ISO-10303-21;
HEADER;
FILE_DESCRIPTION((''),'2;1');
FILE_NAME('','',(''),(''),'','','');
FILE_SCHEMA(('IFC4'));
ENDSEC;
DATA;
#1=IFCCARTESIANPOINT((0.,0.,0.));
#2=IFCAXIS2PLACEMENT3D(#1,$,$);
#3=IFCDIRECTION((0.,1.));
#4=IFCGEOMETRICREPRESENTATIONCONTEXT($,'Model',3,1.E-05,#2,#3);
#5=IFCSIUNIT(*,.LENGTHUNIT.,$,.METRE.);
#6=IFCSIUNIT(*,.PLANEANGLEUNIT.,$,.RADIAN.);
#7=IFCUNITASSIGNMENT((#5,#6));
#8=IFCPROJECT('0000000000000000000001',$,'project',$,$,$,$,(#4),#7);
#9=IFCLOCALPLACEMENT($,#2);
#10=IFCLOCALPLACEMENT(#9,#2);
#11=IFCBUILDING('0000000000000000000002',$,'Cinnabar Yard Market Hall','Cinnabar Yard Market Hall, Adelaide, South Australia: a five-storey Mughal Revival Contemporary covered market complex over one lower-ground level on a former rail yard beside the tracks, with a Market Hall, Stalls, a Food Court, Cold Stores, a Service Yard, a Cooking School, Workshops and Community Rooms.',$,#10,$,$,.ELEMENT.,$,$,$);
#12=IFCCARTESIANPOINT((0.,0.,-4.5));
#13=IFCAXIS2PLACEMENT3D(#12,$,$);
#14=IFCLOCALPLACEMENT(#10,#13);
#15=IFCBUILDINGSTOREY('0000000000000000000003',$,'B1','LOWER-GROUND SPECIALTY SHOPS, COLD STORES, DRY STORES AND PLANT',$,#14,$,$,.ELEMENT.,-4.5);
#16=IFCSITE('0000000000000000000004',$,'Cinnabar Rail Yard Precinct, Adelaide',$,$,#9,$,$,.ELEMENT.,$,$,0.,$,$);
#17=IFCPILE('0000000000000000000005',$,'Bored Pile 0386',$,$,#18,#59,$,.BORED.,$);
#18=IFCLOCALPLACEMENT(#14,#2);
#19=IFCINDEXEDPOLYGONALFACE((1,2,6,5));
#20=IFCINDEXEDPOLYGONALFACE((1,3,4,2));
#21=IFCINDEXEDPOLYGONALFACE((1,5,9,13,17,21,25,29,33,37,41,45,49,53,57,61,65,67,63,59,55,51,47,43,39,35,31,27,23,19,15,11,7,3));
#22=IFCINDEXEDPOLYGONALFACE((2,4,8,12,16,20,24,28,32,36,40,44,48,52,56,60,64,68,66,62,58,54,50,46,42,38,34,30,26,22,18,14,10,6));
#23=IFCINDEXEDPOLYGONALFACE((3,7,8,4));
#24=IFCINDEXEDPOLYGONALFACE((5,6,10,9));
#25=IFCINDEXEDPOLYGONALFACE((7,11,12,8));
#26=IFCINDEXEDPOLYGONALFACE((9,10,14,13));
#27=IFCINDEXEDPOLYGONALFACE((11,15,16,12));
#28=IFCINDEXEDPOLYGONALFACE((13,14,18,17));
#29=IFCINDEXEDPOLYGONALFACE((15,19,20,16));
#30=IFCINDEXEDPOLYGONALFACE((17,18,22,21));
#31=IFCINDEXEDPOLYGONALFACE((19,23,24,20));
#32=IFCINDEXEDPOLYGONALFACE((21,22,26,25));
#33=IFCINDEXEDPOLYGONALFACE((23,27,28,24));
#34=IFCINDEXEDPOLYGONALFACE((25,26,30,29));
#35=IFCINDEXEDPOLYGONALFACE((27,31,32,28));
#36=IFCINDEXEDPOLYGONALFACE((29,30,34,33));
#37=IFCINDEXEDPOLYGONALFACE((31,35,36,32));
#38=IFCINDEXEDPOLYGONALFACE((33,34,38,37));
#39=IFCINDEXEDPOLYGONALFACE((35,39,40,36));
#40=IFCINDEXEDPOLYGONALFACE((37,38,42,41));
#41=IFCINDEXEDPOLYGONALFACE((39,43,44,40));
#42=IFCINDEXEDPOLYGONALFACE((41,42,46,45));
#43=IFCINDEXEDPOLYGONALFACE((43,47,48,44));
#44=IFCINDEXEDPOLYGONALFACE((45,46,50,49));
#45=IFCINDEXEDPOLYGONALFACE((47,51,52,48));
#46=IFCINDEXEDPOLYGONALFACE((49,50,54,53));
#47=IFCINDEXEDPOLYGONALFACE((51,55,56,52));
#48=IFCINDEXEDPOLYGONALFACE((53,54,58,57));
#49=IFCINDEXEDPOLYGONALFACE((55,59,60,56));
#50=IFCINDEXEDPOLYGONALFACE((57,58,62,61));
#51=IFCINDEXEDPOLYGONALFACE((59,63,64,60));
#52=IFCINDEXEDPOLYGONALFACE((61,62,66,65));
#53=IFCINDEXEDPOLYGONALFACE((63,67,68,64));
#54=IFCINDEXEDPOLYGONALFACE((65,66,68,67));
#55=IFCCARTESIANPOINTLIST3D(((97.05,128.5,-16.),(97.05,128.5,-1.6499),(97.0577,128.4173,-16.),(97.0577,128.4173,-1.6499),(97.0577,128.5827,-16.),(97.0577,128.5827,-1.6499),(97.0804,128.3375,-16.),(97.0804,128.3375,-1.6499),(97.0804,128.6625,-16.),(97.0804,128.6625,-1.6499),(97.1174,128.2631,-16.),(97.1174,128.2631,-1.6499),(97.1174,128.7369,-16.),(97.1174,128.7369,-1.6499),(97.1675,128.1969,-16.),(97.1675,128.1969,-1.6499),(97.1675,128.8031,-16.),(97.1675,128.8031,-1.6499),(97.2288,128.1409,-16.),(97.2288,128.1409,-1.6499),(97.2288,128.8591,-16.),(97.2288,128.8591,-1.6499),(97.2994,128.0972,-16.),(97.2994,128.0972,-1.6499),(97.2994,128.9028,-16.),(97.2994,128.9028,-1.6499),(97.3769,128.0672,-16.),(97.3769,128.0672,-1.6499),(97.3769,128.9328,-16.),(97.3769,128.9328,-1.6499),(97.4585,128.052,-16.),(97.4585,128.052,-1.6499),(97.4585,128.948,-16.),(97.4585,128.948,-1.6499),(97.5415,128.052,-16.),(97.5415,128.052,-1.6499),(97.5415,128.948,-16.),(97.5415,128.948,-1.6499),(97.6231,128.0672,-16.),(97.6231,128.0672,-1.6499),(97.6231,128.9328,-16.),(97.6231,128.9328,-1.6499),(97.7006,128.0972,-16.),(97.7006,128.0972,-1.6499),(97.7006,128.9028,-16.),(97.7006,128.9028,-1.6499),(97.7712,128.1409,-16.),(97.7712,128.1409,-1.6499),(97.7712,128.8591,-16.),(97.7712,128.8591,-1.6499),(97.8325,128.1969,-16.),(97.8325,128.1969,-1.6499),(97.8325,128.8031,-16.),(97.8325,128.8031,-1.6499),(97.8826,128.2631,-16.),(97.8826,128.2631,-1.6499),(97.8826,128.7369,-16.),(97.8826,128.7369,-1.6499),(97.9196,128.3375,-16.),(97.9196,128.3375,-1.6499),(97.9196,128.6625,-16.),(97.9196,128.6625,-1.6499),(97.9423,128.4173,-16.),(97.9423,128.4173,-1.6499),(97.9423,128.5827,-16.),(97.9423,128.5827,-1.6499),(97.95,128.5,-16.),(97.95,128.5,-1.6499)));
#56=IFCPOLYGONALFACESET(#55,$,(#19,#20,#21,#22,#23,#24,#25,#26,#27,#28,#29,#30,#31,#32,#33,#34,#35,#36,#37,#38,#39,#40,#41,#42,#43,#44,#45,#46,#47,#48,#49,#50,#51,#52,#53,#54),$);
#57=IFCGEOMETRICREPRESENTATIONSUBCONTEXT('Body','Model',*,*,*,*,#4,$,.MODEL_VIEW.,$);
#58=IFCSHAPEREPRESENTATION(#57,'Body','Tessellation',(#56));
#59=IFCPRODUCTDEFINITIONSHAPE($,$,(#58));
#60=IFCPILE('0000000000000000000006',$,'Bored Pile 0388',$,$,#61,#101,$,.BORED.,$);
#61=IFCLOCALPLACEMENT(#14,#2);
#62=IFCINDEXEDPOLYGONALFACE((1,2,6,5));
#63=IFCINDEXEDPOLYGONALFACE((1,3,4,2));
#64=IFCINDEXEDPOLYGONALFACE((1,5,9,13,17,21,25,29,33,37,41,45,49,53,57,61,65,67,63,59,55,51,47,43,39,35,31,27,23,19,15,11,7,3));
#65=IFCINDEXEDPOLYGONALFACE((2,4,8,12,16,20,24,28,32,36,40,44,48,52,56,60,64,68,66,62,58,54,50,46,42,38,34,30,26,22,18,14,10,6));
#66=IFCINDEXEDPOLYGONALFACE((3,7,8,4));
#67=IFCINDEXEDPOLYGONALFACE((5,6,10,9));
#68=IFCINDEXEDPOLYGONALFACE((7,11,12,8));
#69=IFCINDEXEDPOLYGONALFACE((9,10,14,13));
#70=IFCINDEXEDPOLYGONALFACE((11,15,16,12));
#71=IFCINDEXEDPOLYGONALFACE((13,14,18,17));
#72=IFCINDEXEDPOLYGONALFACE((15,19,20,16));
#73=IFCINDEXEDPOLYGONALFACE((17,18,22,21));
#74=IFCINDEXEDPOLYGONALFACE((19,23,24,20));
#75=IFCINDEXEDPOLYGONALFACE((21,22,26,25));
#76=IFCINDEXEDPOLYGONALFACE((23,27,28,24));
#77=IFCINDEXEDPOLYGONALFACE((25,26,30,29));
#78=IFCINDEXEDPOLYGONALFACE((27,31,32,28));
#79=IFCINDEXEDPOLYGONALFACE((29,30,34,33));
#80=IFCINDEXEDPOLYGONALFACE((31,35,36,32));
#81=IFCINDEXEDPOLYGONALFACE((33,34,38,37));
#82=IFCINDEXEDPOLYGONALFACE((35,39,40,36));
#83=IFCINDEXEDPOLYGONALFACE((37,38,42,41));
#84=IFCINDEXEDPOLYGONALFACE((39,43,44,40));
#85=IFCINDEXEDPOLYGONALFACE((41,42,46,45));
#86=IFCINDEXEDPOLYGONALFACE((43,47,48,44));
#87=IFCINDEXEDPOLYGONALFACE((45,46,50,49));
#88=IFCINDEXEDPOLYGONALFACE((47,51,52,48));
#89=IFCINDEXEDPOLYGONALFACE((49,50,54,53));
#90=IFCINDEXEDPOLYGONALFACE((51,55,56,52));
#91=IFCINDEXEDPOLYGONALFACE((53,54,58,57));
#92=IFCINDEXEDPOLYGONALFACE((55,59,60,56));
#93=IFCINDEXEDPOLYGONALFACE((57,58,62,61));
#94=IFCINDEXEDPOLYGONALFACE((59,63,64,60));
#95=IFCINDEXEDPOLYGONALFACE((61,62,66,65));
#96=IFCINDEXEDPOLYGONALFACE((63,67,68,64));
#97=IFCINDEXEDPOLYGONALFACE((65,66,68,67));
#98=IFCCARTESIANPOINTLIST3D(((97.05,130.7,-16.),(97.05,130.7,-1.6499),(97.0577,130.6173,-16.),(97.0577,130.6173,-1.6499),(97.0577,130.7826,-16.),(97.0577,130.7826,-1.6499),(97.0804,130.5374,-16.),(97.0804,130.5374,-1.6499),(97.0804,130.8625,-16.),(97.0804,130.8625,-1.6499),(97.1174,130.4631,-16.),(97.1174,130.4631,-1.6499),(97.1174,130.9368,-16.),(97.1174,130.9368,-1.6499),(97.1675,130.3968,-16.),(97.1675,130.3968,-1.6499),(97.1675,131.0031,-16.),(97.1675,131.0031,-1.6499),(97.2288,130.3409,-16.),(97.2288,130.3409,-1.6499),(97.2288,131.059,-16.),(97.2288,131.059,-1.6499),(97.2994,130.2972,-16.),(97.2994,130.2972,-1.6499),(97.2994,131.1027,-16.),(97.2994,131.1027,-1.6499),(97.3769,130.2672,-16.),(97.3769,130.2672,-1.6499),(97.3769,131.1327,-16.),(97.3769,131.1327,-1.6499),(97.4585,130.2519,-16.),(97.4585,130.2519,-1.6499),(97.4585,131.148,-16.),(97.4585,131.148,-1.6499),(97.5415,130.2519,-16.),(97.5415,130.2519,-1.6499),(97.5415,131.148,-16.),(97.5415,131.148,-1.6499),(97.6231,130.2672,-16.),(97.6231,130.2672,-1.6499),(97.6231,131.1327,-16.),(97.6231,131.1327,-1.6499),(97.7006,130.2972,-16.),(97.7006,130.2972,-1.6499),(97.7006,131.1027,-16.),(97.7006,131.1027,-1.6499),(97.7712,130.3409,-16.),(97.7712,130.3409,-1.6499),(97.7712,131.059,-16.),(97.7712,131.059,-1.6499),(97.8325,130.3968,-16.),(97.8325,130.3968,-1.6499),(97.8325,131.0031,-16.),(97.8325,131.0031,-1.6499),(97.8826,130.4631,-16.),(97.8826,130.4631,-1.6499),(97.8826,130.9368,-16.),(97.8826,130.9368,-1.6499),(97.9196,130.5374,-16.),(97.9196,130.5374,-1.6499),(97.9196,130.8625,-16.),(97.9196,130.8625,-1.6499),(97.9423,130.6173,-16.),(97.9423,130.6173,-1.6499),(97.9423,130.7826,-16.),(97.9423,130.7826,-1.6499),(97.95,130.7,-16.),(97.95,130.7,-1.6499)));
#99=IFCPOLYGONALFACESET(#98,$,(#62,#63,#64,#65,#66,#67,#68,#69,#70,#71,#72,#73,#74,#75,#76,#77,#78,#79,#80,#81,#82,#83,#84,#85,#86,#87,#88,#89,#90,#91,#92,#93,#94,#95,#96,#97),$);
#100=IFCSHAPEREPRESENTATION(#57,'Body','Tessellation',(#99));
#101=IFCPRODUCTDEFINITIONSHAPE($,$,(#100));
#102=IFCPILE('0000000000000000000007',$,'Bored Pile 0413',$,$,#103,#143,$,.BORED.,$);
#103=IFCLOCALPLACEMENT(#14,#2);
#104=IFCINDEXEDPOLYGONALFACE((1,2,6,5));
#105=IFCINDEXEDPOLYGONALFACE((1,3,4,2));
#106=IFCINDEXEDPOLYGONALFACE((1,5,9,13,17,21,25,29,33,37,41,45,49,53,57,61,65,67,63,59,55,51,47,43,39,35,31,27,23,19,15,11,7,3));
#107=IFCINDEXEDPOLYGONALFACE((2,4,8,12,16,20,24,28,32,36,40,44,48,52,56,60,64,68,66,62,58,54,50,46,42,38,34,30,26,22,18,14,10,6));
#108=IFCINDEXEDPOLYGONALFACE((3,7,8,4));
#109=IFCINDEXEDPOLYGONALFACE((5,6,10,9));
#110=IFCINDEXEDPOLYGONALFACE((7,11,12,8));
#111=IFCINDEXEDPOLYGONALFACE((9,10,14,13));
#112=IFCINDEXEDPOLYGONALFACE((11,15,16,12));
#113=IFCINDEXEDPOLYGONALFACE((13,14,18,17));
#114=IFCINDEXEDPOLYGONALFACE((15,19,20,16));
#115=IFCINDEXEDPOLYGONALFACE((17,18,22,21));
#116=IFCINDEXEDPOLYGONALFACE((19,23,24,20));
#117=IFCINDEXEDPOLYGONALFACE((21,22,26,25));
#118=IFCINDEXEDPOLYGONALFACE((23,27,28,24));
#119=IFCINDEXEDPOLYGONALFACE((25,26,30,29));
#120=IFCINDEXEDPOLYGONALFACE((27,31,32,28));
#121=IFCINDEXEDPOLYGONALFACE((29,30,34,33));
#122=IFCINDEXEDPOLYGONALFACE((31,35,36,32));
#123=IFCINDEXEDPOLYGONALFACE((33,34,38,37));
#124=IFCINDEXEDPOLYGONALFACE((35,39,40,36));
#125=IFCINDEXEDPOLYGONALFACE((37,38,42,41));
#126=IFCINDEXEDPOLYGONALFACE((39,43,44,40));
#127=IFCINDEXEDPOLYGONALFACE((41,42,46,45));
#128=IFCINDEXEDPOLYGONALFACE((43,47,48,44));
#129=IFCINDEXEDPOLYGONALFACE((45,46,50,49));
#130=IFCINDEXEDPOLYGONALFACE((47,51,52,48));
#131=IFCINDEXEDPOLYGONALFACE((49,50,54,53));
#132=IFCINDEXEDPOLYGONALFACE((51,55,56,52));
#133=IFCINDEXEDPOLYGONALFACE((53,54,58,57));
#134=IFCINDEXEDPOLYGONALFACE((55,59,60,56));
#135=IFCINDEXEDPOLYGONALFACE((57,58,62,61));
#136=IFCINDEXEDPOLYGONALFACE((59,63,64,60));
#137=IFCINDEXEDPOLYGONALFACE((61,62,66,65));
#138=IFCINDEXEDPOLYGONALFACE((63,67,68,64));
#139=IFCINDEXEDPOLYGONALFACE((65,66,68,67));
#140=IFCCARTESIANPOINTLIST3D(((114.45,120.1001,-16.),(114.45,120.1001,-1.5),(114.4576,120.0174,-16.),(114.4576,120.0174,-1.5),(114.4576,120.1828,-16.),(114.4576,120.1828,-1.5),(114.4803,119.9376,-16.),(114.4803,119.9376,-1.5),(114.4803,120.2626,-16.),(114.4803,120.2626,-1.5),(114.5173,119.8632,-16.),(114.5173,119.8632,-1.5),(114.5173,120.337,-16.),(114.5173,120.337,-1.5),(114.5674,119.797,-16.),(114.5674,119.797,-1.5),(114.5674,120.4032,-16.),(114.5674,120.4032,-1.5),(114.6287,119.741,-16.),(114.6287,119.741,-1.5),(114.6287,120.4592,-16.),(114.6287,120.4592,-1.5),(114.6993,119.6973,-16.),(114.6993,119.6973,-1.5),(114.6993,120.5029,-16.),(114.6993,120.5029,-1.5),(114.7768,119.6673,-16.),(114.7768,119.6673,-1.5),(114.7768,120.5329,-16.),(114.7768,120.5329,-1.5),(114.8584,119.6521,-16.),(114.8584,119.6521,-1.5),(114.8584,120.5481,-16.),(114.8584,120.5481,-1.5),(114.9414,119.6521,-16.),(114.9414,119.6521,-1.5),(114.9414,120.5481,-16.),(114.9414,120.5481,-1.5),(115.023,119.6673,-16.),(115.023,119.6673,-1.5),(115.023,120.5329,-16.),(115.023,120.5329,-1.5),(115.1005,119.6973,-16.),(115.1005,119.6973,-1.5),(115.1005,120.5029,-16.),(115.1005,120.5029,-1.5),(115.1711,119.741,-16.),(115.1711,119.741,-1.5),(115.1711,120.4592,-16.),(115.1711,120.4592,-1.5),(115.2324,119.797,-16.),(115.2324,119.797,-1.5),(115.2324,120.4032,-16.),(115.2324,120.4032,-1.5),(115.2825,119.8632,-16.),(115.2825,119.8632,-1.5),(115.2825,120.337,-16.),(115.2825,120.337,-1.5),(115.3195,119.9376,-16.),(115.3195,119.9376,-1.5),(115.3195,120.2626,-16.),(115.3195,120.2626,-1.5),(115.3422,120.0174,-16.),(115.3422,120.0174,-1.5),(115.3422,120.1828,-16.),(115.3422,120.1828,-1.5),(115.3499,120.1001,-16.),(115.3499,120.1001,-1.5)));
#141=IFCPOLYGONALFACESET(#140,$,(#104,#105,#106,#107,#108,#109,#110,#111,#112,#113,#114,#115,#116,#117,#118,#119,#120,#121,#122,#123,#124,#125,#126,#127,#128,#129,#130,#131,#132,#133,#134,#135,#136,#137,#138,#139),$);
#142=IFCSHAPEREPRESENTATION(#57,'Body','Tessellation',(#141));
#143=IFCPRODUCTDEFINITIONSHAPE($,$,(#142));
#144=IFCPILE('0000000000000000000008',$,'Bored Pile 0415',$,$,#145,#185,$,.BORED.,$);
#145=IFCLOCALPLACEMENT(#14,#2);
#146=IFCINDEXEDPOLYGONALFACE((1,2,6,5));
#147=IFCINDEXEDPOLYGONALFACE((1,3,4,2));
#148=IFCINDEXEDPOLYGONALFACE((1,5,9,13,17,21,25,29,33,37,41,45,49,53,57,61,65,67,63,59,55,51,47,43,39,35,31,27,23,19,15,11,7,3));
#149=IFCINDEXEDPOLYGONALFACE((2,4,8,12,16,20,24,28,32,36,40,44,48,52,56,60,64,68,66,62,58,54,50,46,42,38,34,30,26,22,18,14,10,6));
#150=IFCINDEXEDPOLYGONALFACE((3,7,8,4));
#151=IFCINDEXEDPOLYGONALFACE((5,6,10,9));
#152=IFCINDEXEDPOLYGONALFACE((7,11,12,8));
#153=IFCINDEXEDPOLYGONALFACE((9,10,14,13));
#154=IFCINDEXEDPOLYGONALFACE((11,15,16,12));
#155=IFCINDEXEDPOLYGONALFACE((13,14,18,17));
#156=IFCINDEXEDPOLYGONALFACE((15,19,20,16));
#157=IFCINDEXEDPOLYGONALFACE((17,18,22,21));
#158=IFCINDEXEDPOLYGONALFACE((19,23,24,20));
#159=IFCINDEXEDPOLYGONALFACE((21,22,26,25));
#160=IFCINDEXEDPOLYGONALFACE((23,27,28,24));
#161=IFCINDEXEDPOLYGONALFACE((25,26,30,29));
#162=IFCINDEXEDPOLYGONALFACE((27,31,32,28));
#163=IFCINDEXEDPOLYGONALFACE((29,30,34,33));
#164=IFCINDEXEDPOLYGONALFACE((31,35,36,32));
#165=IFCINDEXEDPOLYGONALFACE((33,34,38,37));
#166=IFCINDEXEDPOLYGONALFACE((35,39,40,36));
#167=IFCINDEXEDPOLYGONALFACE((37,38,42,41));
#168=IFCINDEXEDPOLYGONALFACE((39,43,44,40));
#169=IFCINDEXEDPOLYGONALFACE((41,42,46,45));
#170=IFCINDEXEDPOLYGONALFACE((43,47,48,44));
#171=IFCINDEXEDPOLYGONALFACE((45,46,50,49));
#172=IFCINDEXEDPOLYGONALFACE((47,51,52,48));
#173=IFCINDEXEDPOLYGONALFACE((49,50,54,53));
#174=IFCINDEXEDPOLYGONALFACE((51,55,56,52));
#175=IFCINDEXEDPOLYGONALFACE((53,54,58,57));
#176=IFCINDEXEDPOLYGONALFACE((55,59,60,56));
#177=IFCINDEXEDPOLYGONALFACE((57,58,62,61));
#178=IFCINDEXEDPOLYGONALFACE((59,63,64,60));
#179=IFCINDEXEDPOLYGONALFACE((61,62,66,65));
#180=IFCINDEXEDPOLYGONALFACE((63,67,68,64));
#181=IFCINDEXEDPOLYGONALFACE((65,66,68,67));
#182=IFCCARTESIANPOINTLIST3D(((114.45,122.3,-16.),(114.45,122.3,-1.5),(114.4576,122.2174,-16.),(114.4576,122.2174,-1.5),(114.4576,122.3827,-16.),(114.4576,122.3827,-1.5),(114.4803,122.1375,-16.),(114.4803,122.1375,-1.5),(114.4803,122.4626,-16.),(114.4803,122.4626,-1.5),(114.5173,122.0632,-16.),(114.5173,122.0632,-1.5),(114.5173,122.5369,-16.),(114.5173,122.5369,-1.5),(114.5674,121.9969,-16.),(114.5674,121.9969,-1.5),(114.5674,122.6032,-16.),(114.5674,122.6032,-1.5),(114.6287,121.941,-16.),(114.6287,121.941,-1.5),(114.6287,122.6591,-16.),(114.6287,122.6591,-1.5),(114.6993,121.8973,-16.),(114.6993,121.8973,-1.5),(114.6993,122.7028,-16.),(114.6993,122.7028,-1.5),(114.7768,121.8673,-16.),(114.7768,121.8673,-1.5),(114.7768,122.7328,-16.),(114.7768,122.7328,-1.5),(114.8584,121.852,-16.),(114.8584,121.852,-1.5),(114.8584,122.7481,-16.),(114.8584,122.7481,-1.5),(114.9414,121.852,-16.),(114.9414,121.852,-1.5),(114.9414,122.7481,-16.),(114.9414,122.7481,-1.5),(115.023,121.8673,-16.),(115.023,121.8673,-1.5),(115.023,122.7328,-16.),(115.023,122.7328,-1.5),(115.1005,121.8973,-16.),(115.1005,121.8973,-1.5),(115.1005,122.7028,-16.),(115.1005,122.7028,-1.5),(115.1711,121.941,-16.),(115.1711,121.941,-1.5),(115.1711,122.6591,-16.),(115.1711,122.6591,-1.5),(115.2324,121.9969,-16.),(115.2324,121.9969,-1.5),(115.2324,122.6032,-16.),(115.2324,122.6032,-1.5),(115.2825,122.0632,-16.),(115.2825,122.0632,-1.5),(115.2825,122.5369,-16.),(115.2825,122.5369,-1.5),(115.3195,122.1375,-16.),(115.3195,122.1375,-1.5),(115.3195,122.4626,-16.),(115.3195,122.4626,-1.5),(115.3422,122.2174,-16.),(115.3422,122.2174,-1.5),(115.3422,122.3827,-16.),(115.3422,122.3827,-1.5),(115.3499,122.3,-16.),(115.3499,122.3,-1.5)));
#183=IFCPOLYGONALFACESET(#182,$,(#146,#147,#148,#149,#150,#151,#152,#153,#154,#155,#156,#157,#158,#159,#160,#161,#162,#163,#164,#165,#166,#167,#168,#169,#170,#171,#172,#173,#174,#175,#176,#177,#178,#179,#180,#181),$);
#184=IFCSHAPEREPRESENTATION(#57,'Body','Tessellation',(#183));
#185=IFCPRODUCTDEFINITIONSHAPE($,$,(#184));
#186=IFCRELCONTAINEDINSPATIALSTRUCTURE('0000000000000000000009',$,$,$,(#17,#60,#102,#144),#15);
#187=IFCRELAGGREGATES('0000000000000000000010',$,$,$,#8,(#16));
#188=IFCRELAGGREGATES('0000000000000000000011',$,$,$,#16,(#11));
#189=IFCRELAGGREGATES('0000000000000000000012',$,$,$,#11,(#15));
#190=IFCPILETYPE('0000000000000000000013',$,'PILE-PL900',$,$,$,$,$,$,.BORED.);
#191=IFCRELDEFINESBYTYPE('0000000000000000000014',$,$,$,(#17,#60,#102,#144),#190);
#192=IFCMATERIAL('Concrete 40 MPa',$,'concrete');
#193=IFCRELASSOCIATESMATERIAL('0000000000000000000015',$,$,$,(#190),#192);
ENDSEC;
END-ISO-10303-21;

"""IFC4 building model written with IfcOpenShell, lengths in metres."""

from ifc_helpers import new_model, si_unit, direction, frame, origin, origin_2d_with_axis, place, context, subcontext, project, spatial, circle, extrude, material, material_profile, profile_set, type_object, element, save


model = new_model("IFC4")

# Units and contexts
model_context = context("Model", 3, precision=1e-05, world=origin(), true_north=direction((0.0, 1.0)))
body_context = subcontext(model_context, "Body", "Model", "MODEL_VIEW")
ifc_project = project(units=[si_unit("LENGTHUNIT", "METRE"), si_unit("PLANEANGLEUNIT", "RADIAN")], contexts=[model_context])

# Site, building, storey
site_placement = place(None, origin())
site = spatial("IfcSite", under=ifc_project, at=site_placement, Name="Cinnabar Rail Yard Precinct, Adelaide", CompositionType="ELEMENT", RefElevation=0.0)
building_placement = place(site_placement, origin())
building = spatial("IfcBuilding", under=site, at=building_placement, Name="Cinnabar Yard Market Hall", Description="Cinnabar Yard Market Hall, Adelaide, South Australia: a five-storey Mughal Revival Contemporary covered market complex over one lower-ground level on a former rail yard beside the tracks, with a Market Hall, Stalls, a Food Court, Cold Stores, a Service Yard, a Cooking School, Workshops and Community Rooms.", CompositionType="ELEMENT")
storey_placement = place(building_placement, frame((0.0, 0.0, -4.5)))
storey = spatial("IfcBuildingStorey", under=building, at=storey_placement, Name="B1", Description="LOWER-GROUND SPECIALTY SHOPS, COLD STORES, DRY STORES AND PLANT", CompositionType="ELEMENT", Elevation=-4.5)

# Shared definitions
ifc_material_1 = material(Name="Concrete 40 MPa", Category="concrete")

# Piles
ifc_material_profile_1 = material_profile(ifc_material_1, circle(Radius=0.45, at=origin_2d_with_axis()), Name="PILE-D900")
ifc_profile_set_1 = profile_set([ifc_material_profile_1], Name="Concrete 40 MPa")
pile_type_1 = type_object("IfcPileType", Name="PILE-PL900", PredefinedType="BORED", material=ifc_profile_set_1)
for number, where, z_axis, x_axis, name in (
    (1, (97.5, 128.5, -1.6499), (0.0, 0.0, -1.0), (1.0, 0.0, 0.0), "Bored Pile 0386"),
    (2, (97.5, 130.7, -1.6499), (0.0, 0.0, -1.0), (1.0, 0.0, 0.0), "Bored Pile 0388"),
):
    element("IfcPile", number, at=place(storey_placement, frame(where, z_axis=z_axis, x_axis=x_axis)), inside=storey, type_object=pile_type_1, Name=name, PredefinedType="BORED", context=body_context, shape_type="SweptSolid", body=[
        extrude(circle(Radius=0.45, at=origin_2d_with_axis()), origin(), (0.0, 0.0, 1.0), 14.3501),
    ])
for number, where, z_axis, x_axis, name in (
    (3, (114.8999, 120.1001, -1.5), (0.0, 0.0, -1.0), (1.0, 0.0, 0.0), "Bored Pile 0413"),
    (4, (114.8999, 122.3, -1.5), (0.0, 0.0, -1.0), (1.0, 0.0, 0.0), "Bored Pile 0415"),
):
    element("IfcPile", number, at=place(storey_placement, frame(where, z_axis=z_axis, x_axis=x_axis)), inside=storey, type_object=pile_type_1, Name=name, PredefinedType="BORED", context=body_context, shape_type="SweptSolid", body=[
        extrude(circle(Radius=0.45, at=origin_2d_with_axis()), origin(), (0.0, 0.0, 1.0), 14.5),
    ])

save(model, "model.ifc")
